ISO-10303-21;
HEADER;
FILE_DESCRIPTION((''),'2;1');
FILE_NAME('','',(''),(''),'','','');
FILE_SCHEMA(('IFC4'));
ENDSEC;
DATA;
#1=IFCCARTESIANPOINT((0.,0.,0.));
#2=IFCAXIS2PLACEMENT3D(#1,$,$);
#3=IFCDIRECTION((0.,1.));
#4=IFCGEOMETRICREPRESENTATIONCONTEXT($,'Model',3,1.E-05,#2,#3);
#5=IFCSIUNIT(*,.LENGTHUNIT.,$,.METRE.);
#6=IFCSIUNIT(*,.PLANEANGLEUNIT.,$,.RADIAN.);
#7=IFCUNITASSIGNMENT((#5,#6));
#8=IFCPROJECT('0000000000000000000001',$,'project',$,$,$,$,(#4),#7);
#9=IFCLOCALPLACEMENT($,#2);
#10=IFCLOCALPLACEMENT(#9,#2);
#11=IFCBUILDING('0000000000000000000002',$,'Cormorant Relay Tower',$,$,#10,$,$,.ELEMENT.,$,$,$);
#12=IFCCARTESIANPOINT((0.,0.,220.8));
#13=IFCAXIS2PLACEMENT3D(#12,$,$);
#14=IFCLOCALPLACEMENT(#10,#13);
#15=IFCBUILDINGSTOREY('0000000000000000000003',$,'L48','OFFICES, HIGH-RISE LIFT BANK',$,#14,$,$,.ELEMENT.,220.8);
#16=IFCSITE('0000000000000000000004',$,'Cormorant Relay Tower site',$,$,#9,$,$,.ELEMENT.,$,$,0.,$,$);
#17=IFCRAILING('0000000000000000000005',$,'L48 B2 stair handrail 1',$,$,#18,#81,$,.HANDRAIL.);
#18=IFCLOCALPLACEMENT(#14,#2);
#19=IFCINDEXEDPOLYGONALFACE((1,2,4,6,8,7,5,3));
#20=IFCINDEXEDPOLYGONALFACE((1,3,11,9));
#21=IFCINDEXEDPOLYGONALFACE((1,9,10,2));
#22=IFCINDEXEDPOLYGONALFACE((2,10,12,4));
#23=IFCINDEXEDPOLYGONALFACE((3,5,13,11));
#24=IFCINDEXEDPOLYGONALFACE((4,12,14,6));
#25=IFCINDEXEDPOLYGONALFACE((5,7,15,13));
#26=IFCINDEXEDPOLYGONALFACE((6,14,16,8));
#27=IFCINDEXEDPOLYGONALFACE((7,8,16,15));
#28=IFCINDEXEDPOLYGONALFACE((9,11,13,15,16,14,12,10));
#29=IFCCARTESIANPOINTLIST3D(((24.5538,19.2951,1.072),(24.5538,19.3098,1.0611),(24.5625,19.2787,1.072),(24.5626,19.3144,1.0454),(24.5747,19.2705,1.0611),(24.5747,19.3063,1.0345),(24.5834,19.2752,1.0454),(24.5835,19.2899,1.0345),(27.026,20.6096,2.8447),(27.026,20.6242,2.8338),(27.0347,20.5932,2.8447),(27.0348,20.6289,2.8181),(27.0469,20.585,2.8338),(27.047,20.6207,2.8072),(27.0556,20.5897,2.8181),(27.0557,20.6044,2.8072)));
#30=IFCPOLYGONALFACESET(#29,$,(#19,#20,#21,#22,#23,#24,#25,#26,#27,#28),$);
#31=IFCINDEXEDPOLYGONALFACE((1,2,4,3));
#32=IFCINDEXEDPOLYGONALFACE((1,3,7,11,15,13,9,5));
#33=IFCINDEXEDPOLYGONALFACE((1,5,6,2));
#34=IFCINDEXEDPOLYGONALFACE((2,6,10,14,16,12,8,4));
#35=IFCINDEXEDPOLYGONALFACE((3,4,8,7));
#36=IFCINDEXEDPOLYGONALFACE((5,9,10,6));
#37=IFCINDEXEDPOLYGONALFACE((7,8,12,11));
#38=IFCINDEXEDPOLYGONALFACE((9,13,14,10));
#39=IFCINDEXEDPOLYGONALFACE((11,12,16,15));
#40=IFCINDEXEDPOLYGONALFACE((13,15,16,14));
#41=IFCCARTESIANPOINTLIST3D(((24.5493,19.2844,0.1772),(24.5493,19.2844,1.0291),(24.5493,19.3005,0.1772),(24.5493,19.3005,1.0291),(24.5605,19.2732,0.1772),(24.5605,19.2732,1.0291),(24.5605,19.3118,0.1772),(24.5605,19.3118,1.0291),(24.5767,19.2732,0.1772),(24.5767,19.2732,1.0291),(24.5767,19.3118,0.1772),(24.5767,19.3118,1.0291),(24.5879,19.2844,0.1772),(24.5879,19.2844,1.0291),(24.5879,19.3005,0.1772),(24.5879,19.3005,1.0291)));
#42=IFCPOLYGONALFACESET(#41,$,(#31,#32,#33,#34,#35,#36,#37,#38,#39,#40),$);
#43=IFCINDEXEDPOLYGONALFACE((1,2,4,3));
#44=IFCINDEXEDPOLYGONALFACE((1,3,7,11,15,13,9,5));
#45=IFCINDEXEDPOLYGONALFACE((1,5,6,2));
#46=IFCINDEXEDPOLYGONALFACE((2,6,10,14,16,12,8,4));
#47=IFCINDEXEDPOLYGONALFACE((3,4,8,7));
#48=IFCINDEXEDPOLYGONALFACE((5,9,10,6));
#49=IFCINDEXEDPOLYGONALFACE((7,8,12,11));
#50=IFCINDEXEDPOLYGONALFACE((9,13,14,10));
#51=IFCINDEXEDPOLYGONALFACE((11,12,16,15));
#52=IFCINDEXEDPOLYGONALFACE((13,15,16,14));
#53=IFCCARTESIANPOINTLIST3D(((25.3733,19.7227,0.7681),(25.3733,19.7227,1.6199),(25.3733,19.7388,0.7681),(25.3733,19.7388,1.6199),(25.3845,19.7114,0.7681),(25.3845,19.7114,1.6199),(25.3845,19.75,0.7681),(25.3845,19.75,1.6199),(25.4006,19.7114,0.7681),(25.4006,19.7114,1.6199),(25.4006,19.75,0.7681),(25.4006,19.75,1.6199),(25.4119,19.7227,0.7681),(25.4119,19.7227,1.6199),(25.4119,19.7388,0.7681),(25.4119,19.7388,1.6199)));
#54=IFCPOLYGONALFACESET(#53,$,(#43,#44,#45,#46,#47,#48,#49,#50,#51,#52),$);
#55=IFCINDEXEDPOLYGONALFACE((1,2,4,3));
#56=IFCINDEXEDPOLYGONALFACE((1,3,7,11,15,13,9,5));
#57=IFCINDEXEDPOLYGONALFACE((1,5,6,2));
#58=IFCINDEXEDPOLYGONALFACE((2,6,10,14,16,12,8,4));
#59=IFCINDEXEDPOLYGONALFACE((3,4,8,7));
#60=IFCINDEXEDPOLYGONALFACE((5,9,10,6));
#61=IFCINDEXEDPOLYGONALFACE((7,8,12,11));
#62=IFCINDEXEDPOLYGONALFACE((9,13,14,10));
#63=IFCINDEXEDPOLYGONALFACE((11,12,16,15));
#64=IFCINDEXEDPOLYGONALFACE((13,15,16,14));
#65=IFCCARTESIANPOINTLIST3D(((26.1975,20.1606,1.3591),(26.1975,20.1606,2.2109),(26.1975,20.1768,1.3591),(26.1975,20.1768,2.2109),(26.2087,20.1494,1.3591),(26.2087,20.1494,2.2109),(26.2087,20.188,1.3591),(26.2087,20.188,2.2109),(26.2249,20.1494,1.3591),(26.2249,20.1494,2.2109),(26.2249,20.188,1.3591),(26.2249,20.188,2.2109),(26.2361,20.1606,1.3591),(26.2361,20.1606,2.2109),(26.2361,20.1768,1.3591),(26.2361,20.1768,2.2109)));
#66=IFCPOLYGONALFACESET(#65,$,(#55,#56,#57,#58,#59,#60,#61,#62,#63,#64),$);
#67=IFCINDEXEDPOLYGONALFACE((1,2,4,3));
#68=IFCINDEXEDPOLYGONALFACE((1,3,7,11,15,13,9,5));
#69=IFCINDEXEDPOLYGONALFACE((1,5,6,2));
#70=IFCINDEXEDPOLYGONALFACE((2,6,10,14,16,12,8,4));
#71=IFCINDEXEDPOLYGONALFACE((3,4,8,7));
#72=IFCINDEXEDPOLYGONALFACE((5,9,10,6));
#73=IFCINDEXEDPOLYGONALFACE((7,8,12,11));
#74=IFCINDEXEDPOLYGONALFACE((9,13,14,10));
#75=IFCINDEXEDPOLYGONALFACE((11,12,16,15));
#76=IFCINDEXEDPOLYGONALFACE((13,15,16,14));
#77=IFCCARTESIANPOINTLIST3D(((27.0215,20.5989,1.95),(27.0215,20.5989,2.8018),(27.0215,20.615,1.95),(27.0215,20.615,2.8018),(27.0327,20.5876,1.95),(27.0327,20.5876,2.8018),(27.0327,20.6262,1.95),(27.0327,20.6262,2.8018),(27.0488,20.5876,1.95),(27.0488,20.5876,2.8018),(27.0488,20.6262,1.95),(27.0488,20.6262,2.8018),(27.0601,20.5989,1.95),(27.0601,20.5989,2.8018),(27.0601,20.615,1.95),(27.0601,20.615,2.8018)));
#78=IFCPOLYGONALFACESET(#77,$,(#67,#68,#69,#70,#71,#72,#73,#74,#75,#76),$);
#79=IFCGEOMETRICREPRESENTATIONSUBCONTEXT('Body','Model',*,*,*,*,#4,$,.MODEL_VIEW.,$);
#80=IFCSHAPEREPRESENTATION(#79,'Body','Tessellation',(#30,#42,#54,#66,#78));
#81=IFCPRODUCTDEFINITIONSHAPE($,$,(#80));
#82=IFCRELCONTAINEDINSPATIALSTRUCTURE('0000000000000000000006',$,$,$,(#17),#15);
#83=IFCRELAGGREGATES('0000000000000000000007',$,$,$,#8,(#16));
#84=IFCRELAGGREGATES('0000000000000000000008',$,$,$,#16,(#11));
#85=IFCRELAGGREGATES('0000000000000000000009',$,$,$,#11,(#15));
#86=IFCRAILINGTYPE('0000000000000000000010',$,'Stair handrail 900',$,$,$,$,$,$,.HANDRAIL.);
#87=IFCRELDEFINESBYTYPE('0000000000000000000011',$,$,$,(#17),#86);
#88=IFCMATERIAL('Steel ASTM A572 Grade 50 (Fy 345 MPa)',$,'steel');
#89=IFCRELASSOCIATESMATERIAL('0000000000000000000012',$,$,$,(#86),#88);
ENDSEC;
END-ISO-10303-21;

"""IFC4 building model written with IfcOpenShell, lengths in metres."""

from ifc_helpers import new_model, si_unit, direction, frame, origin, place, context, subcontext, project, spatial, polyline, outline, extrude, material, type_object, element, save


model = new_model("IFC4")

# Units and contexts
model_context = context("Model", 3, precision=1e-05, world=origin(), true_north=direction((0.0, 1.0)))
body_context = subcontext(model_context, "Body", "Model", "MODEL_VIEW")
ifc_project = project(units=[si_unit("LENGTHUNIT", "METRE"), si_unit("PLANEANGLEUNIT", "RADIAN")], contexts=[model_context])

# Site, building, storey
site_placement = place(None, origin())
site = spatial("IfcSite", under=ifc_project, at=site_placement, Name="Cormorant Relay Tower site", CompositionType="ELEMENT", RefElevation=0.0)
building_placement = place(site_placement, origin())
building = spatial("IfcBuilding", under=site, at=building_placement, Name="Cormorant Relay Tower", CompositionType="ELEMENT")
storey_placement = place(building_placement, frame((0.0, 0.0, 220.8)))
storey = spatial("IfcBuildingStorey", under=building, at=storey_placement, Name="L48", Description="OFFICES, HIGH-RISE LIFT BANK", CompositionType="ELEMENT", Elevation=220.8)

# Railing
ifc_material_1 = material(Name="Steel ASTM A572 Grade 50 (Fy 345 MPa)", Category="steel")
railing_type_1 = type_object("IfcRailingType", Name="Stair handrail 900", PredefinedType="HANDRAIL", material=ifc_material_1)
railing_1_placement = place(storey_placement, frame((24.5686, 19.2925, 0.1772)))
element("IfcRailing", 1, at=railing_1_placement, inside=storey, type_object=railing_type_1, Name="L48 B2 stair handrail 1", PredefinedType="HANDRAIL", context=body_context, shape_type="SweptSolid", body=[
    extrude(outline(polyline([(0.0222, 0.0093), (0.0093, 0.0222), (-0.0093, 0.0222), (-0.0222, 0.0093), (-0.0222, -0.0093), (-0.0093, -0.0222), (0.0093, -0.0222), (0.0222, -0.0093), (0.0222, 0.0093)])), frame((0.0, 0.0, 0.876), z_axis=(0.746001, 0.396649, 0.534931), x_axis=(-0.469465, 0.882951, 0.0)), (0.0, 0.0, 1.0), 3.314),
    extrude(outline(polyline([(0.0193, 0.0081), (0.0081, 0.0193), (-0.0081, 0.0193), (-0.0193, 0.0081), (-0.0193, -0.0081), (-0.0081, -0.0193), (0.0081, -0.0193), (0.0193, -0.0081), (0.0193, 0.0081)])), origin(), (0.0, 0.0, 1.0), 0.8518),
    extrude(outline(polyline([(0.0193, 0.0081), (0.0081, 0.0193), (-0.0081, 0.0193), (-0.0193, 0.0081), (-0.0193, -0.0081), (-0.0081, -0.0193), (0.0081, -0.0193), (0.0193, -0.0081), (0.0193, 0.0081)])), frame((0.824, 0.4382, 0.5908)), (0.0, 0.0, 1.0), 0.8518),
    extrude(outline(polyline([(0.0193, 0.0081), (0.0081, 0.0193), (-0.0081, 0.0193), (-0.0193, 0.0081), (-0.0193, -0.0081), (-0.0081, -0.0193), (0.0081, -0.0193), (0.0193, -0.0081), (0.0193, 0.0081)])), frame((1.6482, 0.8762, 1.1819)), (0.0, 0.0, 1.0), 0.8518),
    extrude(outline(polyline([(0.0193, 0.0081), (0.0081, 0.0193), (-0.0081, 0.0193), (-0.0193, 0.0081), (-0.0193, -0.0081), (-0.0081, -0.0193), (0.0081, -0.0193), (0.0193, -0.0081), (0.0193, 0.0081)])), frame((2.4722, 1.3145, 1.7727)), (0.0, 0.0, 1.0), 0.8518),
])

save(model, "model.ifc")
